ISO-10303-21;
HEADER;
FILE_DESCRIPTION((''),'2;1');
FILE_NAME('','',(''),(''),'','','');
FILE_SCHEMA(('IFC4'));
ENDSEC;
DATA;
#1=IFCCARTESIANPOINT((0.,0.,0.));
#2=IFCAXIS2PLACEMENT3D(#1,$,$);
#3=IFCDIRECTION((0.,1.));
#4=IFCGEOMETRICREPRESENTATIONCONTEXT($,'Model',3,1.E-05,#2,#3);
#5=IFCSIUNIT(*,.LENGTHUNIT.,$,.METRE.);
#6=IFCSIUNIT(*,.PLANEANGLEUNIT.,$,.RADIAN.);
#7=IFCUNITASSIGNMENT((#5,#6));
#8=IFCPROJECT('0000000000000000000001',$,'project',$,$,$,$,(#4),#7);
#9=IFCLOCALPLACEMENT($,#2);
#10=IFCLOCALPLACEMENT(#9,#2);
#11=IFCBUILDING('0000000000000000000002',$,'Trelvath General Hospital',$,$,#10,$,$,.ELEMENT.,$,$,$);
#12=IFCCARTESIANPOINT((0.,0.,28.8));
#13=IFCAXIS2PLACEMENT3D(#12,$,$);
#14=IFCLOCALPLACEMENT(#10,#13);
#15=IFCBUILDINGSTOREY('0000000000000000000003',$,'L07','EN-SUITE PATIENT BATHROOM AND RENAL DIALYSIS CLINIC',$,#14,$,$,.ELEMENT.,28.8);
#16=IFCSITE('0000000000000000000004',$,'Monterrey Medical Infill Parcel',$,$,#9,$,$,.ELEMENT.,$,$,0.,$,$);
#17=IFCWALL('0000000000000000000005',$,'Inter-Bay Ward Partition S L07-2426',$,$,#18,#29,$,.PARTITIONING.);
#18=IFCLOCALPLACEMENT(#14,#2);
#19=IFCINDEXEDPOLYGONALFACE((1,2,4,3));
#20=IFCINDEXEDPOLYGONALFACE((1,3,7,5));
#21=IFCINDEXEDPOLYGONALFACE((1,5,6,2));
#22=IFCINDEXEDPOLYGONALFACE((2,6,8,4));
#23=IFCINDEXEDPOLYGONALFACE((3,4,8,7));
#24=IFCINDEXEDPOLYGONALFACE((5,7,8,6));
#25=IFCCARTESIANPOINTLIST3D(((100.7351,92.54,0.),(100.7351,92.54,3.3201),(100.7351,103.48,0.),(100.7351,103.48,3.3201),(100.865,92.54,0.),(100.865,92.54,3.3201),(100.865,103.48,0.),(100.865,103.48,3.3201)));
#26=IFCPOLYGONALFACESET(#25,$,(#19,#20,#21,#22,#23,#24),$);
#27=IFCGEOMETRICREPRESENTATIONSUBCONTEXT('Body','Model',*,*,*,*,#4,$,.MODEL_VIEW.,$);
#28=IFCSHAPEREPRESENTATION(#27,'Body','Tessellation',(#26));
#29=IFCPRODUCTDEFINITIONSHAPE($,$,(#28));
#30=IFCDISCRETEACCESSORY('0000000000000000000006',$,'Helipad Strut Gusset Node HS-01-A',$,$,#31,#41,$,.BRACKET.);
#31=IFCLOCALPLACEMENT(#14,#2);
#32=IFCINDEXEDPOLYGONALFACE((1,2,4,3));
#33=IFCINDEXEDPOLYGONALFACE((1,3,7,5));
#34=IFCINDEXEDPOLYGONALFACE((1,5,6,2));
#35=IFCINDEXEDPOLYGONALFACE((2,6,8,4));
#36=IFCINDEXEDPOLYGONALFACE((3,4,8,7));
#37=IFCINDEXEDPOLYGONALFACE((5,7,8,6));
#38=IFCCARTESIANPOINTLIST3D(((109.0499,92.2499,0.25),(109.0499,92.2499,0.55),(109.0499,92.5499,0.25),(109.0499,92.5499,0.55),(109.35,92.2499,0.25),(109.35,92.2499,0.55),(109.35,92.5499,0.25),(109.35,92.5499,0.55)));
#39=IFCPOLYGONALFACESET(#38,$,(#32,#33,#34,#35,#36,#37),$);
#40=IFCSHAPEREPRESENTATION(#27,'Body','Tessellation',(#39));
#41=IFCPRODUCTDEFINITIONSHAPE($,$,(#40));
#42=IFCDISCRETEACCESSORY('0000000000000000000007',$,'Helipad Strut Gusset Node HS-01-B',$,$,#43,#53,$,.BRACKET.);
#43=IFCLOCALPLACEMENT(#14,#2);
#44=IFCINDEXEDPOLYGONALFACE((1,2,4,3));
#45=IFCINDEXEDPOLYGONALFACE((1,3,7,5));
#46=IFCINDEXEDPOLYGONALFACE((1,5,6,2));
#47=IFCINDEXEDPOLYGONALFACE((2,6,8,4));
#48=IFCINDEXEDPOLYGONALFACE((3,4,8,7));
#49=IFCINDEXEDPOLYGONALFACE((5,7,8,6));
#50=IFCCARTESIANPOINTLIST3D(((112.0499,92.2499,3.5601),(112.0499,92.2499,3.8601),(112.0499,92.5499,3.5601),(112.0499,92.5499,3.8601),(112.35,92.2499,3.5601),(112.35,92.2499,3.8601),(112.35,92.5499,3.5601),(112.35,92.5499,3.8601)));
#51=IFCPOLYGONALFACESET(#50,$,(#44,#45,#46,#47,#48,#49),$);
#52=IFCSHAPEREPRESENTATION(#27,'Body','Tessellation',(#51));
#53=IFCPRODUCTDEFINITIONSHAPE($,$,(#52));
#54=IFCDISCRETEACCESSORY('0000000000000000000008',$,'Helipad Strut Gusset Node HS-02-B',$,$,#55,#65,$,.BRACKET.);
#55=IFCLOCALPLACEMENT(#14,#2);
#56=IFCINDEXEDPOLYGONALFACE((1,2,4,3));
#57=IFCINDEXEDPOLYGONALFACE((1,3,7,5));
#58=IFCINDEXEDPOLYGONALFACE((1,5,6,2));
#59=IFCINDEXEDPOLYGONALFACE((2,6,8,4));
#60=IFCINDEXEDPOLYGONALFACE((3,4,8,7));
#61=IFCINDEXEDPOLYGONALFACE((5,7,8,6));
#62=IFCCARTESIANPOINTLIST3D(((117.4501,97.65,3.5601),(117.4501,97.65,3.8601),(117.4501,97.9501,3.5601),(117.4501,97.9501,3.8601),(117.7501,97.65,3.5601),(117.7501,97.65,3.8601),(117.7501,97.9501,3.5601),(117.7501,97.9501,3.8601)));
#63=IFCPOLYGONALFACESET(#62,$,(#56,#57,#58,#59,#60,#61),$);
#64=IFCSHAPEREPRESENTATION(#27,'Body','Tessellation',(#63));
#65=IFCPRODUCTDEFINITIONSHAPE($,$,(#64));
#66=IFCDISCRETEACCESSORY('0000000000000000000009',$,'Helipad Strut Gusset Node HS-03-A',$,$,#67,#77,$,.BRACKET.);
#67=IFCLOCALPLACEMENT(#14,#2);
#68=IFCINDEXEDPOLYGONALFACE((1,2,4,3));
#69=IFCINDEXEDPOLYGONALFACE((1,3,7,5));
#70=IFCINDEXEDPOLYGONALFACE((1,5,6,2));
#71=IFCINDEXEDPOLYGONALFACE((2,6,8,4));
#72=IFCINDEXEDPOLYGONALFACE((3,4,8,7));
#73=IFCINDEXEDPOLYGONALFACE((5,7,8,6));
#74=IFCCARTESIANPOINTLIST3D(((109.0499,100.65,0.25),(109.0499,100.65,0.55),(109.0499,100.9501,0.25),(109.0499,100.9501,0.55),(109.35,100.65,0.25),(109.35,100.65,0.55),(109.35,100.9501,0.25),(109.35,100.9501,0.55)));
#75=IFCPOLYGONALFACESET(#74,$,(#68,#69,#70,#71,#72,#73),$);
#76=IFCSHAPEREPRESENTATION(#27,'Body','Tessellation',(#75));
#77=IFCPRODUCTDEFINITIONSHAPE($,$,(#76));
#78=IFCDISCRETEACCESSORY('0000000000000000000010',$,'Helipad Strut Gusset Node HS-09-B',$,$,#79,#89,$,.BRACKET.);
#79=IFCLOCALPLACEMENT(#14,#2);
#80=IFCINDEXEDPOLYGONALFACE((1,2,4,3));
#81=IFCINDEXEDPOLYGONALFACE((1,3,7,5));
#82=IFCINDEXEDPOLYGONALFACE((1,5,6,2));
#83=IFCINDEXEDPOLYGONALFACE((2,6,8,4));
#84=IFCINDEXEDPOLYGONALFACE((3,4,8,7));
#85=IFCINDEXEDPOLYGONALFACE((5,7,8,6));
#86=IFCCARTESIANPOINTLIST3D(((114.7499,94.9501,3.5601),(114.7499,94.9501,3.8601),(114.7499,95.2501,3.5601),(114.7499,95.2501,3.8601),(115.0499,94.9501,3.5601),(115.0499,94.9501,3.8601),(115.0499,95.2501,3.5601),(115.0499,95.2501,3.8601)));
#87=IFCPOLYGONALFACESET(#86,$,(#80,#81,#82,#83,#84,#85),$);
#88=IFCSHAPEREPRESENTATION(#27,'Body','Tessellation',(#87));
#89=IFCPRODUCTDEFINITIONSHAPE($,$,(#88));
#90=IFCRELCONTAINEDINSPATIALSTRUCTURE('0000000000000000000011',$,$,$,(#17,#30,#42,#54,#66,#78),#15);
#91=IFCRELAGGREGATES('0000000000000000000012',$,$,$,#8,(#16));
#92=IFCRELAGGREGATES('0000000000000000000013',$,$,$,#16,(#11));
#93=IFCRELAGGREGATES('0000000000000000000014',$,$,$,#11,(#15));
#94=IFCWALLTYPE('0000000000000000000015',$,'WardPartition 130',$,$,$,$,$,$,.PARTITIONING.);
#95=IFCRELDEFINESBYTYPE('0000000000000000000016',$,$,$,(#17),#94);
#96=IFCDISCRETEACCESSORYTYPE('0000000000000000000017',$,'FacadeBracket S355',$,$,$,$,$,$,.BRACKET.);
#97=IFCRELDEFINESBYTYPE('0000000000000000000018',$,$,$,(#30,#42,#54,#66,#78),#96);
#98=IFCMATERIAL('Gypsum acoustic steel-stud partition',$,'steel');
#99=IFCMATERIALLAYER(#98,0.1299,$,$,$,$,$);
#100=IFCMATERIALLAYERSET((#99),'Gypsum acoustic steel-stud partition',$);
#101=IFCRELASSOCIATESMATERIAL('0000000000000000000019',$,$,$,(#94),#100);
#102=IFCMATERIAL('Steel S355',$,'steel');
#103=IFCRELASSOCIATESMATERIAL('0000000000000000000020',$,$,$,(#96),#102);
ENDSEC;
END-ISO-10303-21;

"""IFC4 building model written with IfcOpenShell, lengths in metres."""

from ifc_helpers import new_model, si_unit, direction, frame, frame_2d, origin, origin_2d, place, context, subcontext, project, spatial, rectangle, extrude, material, layer, layer_set, type_object, element, save


model = new_model("IFC4")

# Units and contexts
model_context = context("Model", 3, precision=1e-05, world=origin(), true_north=direction((0.0, 1.0)))
body_context = subcontext(model_context, "Body", "Model", "MODEL_VIEW")
ifc_project = project(units=[si_unit("LENGTHUNIT", "METRE"), si_unit("PLANEANGLEUNIT", "RADIAN")], contexts=[model_context])

# Site, building, storey
site_placement = place(None, origin())
site = spatial("IfcSite", under=ifc_project, at=site_placement, Name="Monterrey Medical Infill Parcel", CompositionType="ELEMENT", RefElevation=0.0)
building_placement = place(site_placement, origin())
building = spatial("IfcBuilding", under=site, at=building_placement, Name="Trelvath General Hospital", CompositionType="ELEMENT")
storey_placement = place(building_placement, frame((0.0, 0.0, 28.8)))
storey = spatial("IfcBuildingStorey", under=building, at=storey_placement, Name="L07", Description="EN-SUITE PATIENT BATHROOM AND RENAL DIALYSIS CLINIC", CompositionType="ELEMENT", Elevation=28.8)

# Wall
ifc_material_1 = material(Name="Gypsum acoustic steel-stud partition", Category="steel")
ifc_layer_1 = layer(ifc_material_1, 0.1299)
ifc_layer_set_1 = layer_set([ifc_layer_1], Name="Gypsum acoustic steel-stud partition")
wall_type_1 = type_object("IfcWallType", Name="WardPartition 130", PredefinedType="PARTITIONING", material=ifc_layer_set_1)
wall_1_placement = place(storey_placement, frame((100.8, 92.54, 0.0), z_axis=(0.0, 0.0, 1.0), x_axis=(0.0, 1.0, 0.0)))
element("IfcWall", 1, at=wall_1_placement, inside=storey, type_object=wall_type_1, Name="Inter-Bay Ward Partition S L07-2426", PredefinedType="PARTITIONING", context=body_context, shape_type="SweptSolid", body=[
    extrude(rectangle(XDim=10.9399, YDim=0.1299, at=frame_2d((5.47, 0.0))), origin(), (0.0, 0.0, 1.0), 3.3201),
])

# Discrete accessories
ifc_material_2 = material(Name="Steel S355", Category="steel")
discrete_accessory_type = type_object("IfcDiscreteAccessoryType", Name="FacadeBracket S355", PredefinedType="BRACKET", material=ifc_material_2)
for number, where, z_axis, x_axis, name in (
    (2, (109.2, 92.3999, 0.25), (0.0, 0.0, 1.0), (1.0, 0.0, 0.0), "Helipad Strut Gusset Node HS-01-A"),
    (3, (112.2, 92.3999, 3.5601), (0.0, 0.0, 1.0), (1.0, 0.0, 0.0), "Helipad Strut Gusset Node HS-01-B"),
    (4, (117.6001, 97.8, 3.5601), (0.0, 0.0, 1.0), (1.0, 0.0, 0.0), "Helipad Strut Gusset Node HS-02-B"),
    (5, (109.2, 100.8, 0.25), (0.0, 0.0, 1.0), (1.0, 0.0, 0.0), "Helipad Strut Gusset Node HS-03-A"),
    (6, (114.8999, 95.1001, 3.5601), (0.0, 0.0, 1.0), (1.0, 0.0, 0.0), "Helipad Strut Gusset Node HS-09-B"),
):
    element("IfcDiscreteAccessory", number, at=place(storey_placement, frame(where, z_axis=z_axis, x_axis=x_axis)), inside=storey, type_object=discrete_accessory_type, Name=name, PredefinedType="BRACKET", context=body_context, shape_type="SweptSolid", body=[
        extrude(rectangle(XDim=0.3, YDim=0.3, at=origin_2d()), origin(), (0.0, 0.0, 1.0), 0.3),
    ])

save(model, "model.ifc")
